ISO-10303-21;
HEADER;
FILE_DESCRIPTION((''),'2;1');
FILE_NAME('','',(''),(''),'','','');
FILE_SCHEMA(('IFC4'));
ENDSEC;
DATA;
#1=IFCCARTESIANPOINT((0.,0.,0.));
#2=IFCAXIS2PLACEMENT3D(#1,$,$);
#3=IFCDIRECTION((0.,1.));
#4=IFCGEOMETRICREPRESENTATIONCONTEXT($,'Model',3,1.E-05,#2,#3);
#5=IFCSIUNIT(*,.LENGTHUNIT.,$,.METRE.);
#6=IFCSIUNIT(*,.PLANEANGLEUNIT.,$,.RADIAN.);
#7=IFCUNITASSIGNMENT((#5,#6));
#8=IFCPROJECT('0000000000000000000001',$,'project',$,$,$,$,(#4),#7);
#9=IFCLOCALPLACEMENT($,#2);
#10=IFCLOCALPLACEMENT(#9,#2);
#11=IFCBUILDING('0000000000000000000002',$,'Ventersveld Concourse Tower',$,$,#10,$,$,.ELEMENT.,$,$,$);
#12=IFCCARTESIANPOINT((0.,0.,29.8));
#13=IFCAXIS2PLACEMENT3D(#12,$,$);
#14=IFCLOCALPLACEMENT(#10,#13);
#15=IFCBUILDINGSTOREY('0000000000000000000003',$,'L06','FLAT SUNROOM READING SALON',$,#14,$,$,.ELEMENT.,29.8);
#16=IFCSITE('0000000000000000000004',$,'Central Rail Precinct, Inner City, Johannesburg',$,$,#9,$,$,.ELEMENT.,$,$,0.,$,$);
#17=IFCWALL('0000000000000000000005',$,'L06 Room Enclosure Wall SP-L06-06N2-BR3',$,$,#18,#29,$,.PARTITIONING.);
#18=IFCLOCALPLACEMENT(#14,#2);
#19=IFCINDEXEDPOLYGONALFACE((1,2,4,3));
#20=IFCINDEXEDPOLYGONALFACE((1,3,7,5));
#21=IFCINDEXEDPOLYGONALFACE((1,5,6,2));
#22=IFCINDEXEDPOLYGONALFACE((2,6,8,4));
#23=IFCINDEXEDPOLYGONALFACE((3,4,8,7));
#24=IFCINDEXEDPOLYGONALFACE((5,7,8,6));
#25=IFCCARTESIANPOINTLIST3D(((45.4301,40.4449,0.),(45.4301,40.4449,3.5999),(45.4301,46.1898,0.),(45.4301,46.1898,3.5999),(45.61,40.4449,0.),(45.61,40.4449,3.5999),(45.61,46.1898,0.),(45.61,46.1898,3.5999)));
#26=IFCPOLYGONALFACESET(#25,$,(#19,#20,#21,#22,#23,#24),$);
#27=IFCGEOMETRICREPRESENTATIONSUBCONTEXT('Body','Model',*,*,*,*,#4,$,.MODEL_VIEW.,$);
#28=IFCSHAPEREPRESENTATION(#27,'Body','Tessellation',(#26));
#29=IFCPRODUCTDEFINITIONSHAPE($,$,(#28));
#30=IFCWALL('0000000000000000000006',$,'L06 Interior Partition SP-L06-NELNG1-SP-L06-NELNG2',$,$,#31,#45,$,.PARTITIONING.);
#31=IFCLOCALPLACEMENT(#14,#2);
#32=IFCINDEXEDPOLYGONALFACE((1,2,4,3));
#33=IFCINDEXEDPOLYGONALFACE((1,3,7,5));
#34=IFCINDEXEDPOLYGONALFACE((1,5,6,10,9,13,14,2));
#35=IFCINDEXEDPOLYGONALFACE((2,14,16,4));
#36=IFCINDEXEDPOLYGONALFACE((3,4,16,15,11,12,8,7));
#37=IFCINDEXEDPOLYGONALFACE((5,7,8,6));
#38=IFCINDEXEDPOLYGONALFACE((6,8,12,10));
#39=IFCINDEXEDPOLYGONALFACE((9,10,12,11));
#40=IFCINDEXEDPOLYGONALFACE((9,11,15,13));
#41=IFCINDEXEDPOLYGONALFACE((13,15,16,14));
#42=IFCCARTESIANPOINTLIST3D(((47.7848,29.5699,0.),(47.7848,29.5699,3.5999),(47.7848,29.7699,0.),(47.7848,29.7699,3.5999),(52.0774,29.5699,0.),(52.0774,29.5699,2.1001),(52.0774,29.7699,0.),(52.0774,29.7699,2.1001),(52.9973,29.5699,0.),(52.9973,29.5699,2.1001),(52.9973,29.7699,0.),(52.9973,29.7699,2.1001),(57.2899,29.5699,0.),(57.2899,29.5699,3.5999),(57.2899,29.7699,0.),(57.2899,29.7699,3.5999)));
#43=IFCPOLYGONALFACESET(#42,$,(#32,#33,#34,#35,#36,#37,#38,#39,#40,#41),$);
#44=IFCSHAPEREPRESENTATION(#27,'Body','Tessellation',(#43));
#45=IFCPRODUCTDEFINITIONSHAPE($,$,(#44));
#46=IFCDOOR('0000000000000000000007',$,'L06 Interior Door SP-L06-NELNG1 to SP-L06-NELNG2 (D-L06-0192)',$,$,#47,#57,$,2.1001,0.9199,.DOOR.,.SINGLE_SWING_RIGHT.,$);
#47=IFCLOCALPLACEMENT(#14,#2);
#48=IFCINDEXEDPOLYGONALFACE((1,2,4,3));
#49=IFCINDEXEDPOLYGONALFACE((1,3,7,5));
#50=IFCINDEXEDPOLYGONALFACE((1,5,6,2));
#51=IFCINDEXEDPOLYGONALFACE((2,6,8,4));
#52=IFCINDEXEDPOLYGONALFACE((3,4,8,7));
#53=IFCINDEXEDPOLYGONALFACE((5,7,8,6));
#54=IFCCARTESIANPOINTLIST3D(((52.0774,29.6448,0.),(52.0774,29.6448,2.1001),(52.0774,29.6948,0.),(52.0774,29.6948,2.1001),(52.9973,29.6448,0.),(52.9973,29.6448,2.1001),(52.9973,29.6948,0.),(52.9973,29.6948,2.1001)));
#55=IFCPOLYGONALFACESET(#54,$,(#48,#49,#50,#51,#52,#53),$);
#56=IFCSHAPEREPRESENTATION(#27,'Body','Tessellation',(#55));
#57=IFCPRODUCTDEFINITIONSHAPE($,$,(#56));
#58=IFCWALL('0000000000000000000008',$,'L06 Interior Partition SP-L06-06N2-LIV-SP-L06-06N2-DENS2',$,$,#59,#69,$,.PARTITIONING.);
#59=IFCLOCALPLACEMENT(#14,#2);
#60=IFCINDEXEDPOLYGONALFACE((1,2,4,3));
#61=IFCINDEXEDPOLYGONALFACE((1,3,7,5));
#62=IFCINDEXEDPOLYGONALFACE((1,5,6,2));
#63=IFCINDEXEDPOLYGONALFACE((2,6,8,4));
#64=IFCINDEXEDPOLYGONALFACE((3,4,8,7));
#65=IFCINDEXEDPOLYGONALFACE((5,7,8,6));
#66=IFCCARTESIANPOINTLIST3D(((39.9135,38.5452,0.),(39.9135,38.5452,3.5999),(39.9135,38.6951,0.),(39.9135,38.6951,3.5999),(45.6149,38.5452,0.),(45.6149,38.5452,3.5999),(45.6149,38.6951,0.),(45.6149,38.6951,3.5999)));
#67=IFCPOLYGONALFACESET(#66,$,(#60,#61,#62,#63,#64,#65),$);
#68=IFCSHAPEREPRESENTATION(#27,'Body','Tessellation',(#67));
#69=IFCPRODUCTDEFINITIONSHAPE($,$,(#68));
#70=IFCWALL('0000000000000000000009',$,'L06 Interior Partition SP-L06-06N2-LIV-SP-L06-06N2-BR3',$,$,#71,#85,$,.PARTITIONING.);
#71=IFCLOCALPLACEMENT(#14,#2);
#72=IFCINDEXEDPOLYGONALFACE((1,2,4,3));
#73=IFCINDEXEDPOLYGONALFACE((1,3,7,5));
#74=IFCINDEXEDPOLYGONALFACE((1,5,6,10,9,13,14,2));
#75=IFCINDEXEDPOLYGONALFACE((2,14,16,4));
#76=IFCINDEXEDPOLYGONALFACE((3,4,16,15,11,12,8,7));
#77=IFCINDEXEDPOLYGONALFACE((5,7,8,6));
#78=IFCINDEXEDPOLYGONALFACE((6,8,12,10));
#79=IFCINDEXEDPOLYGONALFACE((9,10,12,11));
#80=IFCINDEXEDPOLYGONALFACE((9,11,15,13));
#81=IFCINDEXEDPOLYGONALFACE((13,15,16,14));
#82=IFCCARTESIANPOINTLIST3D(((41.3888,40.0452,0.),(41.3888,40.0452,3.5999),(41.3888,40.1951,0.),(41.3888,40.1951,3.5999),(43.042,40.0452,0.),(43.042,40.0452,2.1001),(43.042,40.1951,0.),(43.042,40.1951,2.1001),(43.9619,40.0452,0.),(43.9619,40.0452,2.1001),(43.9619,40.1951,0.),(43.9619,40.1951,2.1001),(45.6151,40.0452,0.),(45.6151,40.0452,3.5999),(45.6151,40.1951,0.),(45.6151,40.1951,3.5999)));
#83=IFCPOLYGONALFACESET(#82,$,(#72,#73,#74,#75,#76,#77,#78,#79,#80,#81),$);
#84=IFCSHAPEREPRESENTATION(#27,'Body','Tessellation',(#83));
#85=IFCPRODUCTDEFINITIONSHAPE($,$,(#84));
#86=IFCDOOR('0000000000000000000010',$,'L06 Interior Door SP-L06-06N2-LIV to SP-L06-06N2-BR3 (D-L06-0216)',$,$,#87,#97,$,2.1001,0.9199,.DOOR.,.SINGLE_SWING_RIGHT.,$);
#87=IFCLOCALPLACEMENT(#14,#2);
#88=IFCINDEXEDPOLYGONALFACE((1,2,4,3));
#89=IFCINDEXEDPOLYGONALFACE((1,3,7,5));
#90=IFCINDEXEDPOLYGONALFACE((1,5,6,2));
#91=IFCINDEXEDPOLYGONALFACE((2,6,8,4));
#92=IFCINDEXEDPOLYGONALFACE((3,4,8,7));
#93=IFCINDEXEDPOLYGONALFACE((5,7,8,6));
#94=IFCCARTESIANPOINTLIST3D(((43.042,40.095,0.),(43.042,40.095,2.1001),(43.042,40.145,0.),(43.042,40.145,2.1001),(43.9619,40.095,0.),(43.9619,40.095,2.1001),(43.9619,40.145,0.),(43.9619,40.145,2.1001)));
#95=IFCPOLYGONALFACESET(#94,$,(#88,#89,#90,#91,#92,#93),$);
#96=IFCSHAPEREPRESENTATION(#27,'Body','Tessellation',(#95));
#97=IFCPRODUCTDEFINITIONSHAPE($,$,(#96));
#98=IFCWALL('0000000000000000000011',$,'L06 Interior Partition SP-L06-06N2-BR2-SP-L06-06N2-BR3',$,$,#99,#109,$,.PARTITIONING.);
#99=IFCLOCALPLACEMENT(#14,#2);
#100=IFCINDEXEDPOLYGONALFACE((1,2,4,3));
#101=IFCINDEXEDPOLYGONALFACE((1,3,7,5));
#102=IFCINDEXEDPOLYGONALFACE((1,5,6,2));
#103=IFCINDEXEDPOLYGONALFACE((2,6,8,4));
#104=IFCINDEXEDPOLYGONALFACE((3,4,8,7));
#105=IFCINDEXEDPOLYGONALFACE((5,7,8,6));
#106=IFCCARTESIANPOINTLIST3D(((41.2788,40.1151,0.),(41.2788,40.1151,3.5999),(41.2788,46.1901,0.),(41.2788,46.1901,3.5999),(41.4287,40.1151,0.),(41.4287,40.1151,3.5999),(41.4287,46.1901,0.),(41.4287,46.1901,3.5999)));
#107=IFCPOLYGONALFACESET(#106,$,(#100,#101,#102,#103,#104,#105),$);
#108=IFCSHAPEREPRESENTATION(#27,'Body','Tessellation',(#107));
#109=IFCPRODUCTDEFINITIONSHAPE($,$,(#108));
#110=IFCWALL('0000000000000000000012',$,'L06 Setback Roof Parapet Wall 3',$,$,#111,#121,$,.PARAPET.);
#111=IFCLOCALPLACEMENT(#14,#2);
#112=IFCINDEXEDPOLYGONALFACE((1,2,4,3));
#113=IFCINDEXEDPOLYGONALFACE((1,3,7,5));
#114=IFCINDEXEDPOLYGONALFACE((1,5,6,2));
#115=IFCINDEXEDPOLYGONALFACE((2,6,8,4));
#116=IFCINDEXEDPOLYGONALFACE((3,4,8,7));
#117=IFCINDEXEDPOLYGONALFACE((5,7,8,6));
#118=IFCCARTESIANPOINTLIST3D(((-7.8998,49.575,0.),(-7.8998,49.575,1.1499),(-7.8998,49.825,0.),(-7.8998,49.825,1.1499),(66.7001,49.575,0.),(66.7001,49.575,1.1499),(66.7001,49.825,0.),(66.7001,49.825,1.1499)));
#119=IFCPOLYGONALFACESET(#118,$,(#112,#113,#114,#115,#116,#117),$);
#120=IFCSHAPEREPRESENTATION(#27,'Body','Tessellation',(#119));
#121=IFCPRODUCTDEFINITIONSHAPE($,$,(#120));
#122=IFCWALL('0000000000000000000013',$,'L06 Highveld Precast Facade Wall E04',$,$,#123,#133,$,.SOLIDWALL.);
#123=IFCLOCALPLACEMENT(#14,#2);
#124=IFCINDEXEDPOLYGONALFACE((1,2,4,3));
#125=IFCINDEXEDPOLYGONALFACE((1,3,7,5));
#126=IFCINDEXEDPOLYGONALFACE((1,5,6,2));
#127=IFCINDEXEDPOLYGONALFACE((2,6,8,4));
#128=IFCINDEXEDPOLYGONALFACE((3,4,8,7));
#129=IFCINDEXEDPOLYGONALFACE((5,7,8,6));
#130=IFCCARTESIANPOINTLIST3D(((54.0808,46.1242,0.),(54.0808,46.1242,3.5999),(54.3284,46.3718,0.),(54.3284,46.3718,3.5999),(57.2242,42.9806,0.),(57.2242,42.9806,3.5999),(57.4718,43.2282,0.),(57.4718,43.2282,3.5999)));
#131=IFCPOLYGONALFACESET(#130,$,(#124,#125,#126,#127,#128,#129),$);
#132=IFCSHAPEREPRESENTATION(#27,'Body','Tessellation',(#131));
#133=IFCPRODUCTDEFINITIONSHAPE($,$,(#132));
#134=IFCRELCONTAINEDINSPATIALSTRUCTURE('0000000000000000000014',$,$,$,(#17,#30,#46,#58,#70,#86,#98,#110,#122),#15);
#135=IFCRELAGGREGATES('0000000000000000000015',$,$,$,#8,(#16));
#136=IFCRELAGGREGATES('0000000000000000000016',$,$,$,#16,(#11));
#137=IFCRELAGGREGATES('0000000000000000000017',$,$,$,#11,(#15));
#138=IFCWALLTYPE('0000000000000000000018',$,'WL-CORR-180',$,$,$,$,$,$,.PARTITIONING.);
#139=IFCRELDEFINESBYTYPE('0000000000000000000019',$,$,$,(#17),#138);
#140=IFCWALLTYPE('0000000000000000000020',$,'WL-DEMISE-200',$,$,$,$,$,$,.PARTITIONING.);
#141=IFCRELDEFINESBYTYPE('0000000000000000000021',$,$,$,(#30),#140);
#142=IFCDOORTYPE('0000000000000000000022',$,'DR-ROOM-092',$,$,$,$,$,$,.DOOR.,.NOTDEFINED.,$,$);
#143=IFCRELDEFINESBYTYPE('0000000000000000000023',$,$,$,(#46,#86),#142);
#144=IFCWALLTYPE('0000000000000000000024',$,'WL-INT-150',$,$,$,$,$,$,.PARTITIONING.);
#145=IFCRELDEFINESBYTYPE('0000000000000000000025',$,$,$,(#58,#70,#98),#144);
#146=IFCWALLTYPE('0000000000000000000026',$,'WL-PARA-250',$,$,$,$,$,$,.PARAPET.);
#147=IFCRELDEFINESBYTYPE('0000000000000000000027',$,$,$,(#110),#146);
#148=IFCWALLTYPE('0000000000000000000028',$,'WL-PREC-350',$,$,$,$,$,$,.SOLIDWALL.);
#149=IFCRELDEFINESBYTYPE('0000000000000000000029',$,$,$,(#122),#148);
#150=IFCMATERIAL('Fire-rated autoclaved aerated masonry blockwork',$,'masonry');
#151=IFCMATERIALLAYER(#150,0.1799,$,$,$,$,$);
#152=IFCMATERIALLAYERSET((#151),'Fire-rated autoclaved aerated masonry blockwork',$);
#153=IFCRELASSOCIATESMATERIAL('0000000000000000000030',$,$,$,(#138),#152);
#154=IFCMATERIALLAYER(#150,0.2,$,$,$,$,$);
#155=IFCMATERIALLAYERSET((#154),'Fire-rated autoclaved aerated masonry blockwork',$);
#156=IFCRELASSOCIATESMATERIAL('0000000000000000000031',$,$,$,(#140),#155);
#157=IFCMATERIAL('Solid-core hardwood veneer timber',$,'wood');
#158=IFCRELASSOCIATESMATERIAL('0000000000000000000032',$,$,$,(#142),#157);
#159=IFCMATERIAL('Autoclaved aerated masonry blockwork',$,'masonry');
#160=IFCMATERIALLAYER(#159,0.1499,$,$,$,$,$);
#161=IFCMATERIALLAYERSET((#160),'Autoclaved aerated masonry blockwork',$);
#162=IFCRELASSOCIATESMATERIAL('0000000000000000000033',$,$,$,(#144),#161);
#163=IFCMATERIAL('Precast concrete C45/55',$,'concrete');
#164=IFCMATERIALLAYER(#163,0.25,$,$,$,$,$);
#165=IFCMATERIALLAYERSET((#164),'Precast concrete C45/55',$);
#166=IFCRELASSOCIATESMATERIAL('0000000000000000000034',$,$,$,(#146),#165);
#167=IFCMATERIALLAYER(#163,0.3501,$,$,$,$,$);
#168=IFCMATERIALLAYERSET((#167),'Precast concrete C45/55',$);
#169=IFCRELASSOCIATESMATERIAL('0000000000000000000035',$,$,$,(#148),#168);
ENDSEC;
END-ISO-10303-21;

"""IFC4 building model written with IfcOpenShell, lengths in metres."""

from ifc_helpers import new_model, si_unit, direction, frame, frame_2d, origin, place, context, subcontext, project, spatial, rectangle, extrude, material, layer, layer_set, type_object, element, fill, save


model = new_model("IFC4")

# Units and contexts
model_context = context("Model", 3, precision=1e-05, world=origin(), true_north=direction((0.0, 1.0)))
body_context = subcontext(model_context, "Body", "Model", "MODEL_VIEW")
ifc_project = project(units=[si_unit("LENGTHUNIT", "METRE"), si_unit("PLANEANGLEUNIT", "RADIAN")], contexts=[model_context])

# Site, building, storey
site_placement = place(None, origin())
site = spatial("IfcSite", under=ifc_project, at=site_placement, Name="Central Rail Precinct, Inner City, Johannesburg", CompositionType="ELEMENT", RefElevation=0.0)
building_placement = place(site_placement, origin())
building = spatial("IfcBuilding", under=site, at=building_placement, Name="Ventersveld Concourse Tower", CompositionType="ELEMENT")
storey_placement = place(building_placement, frame((0.0, 0.0, 29.8)))
storey = spatial("IfcBuildingStorey", under=building, at=storey_placement, Name="L06", Description="FLAT SUNROOM READING SALON", CompositionType="ELEMENT", Elevation=29.8)

# Wall
ifc_material_1 = material(Name="Fire-rated autoclaved aerated masonry blockwork", Category="masonry")
ifc_layer_1 = layer(ifc_material_1, 0.1799)
ifc_layer_set_1 = layer_set([ifc_layer_1], Name="Fire-rated autoclaved aerated masonry blockwork")
wall_type_1 = type_object("IfcWallType", Name="WL-CORR-180", PredefinedType="PARTITIONING", material=ifc_layer_set_1)
wall_1_placement = place(storey_placement, frame((45.52, 46.1899, 0.0), z_axis=(0.0, 0.0, 1.0), x_axis=(0.0, -1.0, 0.0)))
element("IfcWall", 1, at=wall_1_placement, inside=storey, type_object=wall_type_1, Name="L06 Room Enclosure Wall SP-L06-06N2-BR3", PredefinedType="PARTITIONING", context=body_context, shape_type="SweptSolid", body=[
    extrude(rectangle(XDim=5.7449, YDim=0.1799, at=frame_2d((2.8726, 0.0))), origin(), (0.0, 0.0, 1.0), 3.5999),
])

# Wall, opening, door
ifc_layer_2 = layer(ifc_material_1, 0.2)
ifc_layer_set_2 = layer_set([ifc_layer_2], Name="Fire-rated autoclaved aerated masonry blockwork")
wall_type_2 = type_object("IfcWallType", Name="WL-DEMISE-200", PredefinedType="PARTITIONING", material=ifc_layer_set_2)
wall_2_placement = place(storey_placement, frame((47.7849, 29.6699, 0.0), z_axis=(0.0, 0.0, 1.0), x_axis=(1.0, 0.0, 0.0)))
wall_2 = element("IfcWall", 2, at=wall_2_placement, inside=storey, type_object=wall_type_2, Name="L06 Interior Partition SP-L06-NELNG1-SP-L06-NELNG2", PredefinedType="PARTITIONING", context=body_context, shape_type="SweptSolid", body=[
    extrude(rectangle(XDim=9.5051, YDim=0.2, at=frame_2d((4.7524, 0.0))), origin(), (0.0, 0.0, 1.0), 3.5999),
])
opening_1_placement = place(wall_2_placement, frame((4.2925, 0.0, 0.0)))
opening_1 = element("IfcOpeningElement", 3, at=opening_1_placement, cuts=wall_2, PredefinedType="OPENING", context=body_context, shape_type="SweptSolid", body=[
    extrude(rectangle(XDim=0.9199, YDim=2.1001, at=frame_2d((0.46, 1.05))), frame((0.0, 0.1099, 0.0), z_axis=(0.0, -1.0, 0.0), x_axis=(1.0, 0.0, 0.0)), (0.0, 0.0, 1.0), 0.22),
])
ifc_material_2 = material(Name="Solid-core hardwood veneer timber", Category="wood")
door_type = type_object("IfcDoorType", Name="DR-ROOM-092", OperationType="NOTDEFINED", PredefinedType="DOOR", material=ifc_material_2)
door_1_placement = place(opening_1_placement, origin())
door_1 = element("IfcDoor", 4, at=door_1_placement, inside=storey, type_object=door_type, Name="L06 Interior Door SP-L06-NELNG1 to SP-L06-NELNG2 (D-L06-0192)", OperationType="SINGLE_SWING_RIGHT", OverallHeight=2.1001, OverallWidth=0.9199, PredefinedType="DOOR", context=body_context, shape_type="SweptSolid", body=[
    extrude(rectangle(XDim=0.9199, YDim=2.1001, at=frame_2d((0.46, 1.05))), frame((0.0, 0.0249, 0.0), z_axis=(0.0, -1.0, 0.0), x_axis=(1.0, 0.0, 0.0)), (0.0, 0.0, 1.0), 0.05),
])
fill(opening_1, door_1)

# Wall
ifc_material_3 = material(Name="Autoclaved aerated masonry blockwork", Category="masonry")
ifc_layer_3 = layer(ifc_material_3, 0.1499)
ifc_layer_set_3 = layer_set([ifc_layer_3], Name="Autoclaved aerated masonry blockwork")
wall_type_3 = type_object("IfcWallType", Name="WL-INT-150", PredefinedType="PARTITIONING", material=ifc_layer_set_3)
wall_3_placement = place(storey_placement, frame((39.9136, 38.6201, 0.0), z_axis=(0.0, 0.0, 1.0), x_axis=(1.0, 0.0, 0.0)))
element("IfcWall", 5, at=wall_3_placement, inside=storey, type_object=wall_type_3, Name="L06 Interior Partition SP-L06-06N2-LIV-SP-L06-06N2-DENS2", PredefinedType="PARTITIONING", context=body_context, shape_type="SweptSolid", body=[
    extrude(rectangle(XDim=5.7014, YDim=0.1499, at=frame_2d((2.8506, 0.0))), origin(), (0.0, 0.0, 1.0), 3.5999),
])

# Wall, opening, door
wall_4_placement = place(storey_placement, frame((41.3887, 40.1201, 0.0), z_axis=(0.0, 0.0, 1.0), x_axis=(1.0, 0.0, 0.0)))
wall_4 = element("IfcWall", 6, at=wall_4_placement, inside=storey, type_object=wall_type_3, Name="L06 Interior Partition SP-L06-06N2-LIV-SP-L06-06N2-BR3", PredefinedType="PARTITIONING", context=body_context, shape_type="SweptSolid", body=[
    extrude(rectangle(XDim=4.2263, YDim=0.1499, at=frame_2d((2.1133, 0.0))), origin(), (0.0, 0.0, 1.0), 3.5999),
])
opening_2_placement = place(wall_4_placement, frame((1.6533, 0.0, 0.0)))
opening_2 = element("IfcOpeningElement", 7, at=opening_2_placement, cuts=wall_4, PredefinedType="OPENING", context=body_context, shape_type="SweptSolid", body=[
    extrude(rectangle(XDim=0.9199, YDim=2.1001, at=frame_2d((0.46, 1.05))), frame((0.0, 0.085, 0.0), z_axis=(0.0, -1.0, 0.0), x_axis=(1.0, 0.0, 0.0)), (0.0, 0.0, 1.0), 0.1699),
])
door_2_placement = place(opening_2_placement, origin())
door_2 = element("IfcDoor", 8, at=door_2_placement, inside=storey, type_object=door_type, Name="L06 Interior Door SP-L06-06N2-LIV to SP-L06-06N2-BR3 (D-L06-0216)", OperationType="SINGLE_SWING_RIGHT", OverallHeight=2.1001, OverallWidth=0.9199, PredefinedType="DOOR", context=body_context, shape_type="SweptSolid", body=[
    extrude(rectangle(XDim=0.9199, YDim=2.1001, at=frame_2d((0.46, 1.05))), frame((0.0, 0.0249, 0.0), z_axis=(0.0, -1.0, 0.0), x_axis=(1.0, 0.0, 0.0)), (0.0, 0.0, 1.0), 0.05),
])
fill(opening_2, door_2)

# Walls
wall_5_placement = place(storey_placement, frame((41.3538, 40.115, 0.0), z_axis=(0.0, 0.0, 1.0), x_axis=(0.0, 1.0, 0.0)))
element("IfcWall", 9, at=wall_5_placement, inside=storey, type_object=wall_type_3, Name="L06 Interior Partition SP-L06-06N2-BR2-SP-L06-06N2-BR3", PredefinedType="PARTITIONING", context=body_context, shape_type="SweptSolid", body=[
    extrude(rectangle(XDim=6.075, YDim=0.1499, at=frame_2d((3.0376, 0.0))), origin(), (0.0, 0.0, 1.0), 3.5999),
])
ifc_material_4 = material(Name="Precast concrete C45/55", Category="concrete")
ifc_layer_4 = layer(ifc_material_4, 0.25)
ifc_layer_set_4 = layer_set([ifc_layer_4], Name="Precast concrete C45/55")
wall_type_4 = type_object("IfcWallType", Name="WL-PARA-250", PredefinedType="PARAPET", material=ifc_layer_set_4)
wall_6_placement = place(storey_placement, frame((66.7, 49.7, 0.0), z_axis=(0.0, 0.0, 1.0), x_axis=(-1.0, 0.0, 0.0)))
element("IfcWall", 10, at=wall_6_placement, inside=storey, type_object=wall_type_4, Name="L06 Setback Roof Parapet Wall 3", PredefinedType="PARAPET", context=body_context, shape_type="SweptSolid", body=[
    extrude(rectangle(XDim=74.5999, YDim=0.25, at=frame_2d((37.2998, 0.0))), origin(), (0.0, 0.0, 1.0), 1.1499),
])
ifc_layer_5 = layer(ifc_material_4, 0.3501)
ifc_layer_set_5 = layer_set([ifc_layer_5], Name="Precast concrete C45/55")
wall_type_5 = type_object("IfcWallType", Name="WL-PREC-350", PredefinedType="SOLIDWALL", material=ifc_layer_set_5)
wall_7_placement = place(storey_placement, frame((57.3479, 43.1045, 0.0), z_axis=(0.0, 0.0, 1.0), x_axis=(-0.707079, 0.707134, 0.0)))
element("IfcWall", 11, at=wall_7_placement, inside=storey, type_object=wall_type_5, Name="L06 Highveld Precast Facade Wall E04", PredefinedType="SOLIDWALL", context=body_context, shape_type="SweptSolid", body=[
    extrude(rectangle(XDim=4.4456, YDim=0.3501, at=frame_2d((2.2227, 0.0))), origin(), (0.0, 0.0, 1.0), 3.5999),
])

save(model, "model.ifc")
